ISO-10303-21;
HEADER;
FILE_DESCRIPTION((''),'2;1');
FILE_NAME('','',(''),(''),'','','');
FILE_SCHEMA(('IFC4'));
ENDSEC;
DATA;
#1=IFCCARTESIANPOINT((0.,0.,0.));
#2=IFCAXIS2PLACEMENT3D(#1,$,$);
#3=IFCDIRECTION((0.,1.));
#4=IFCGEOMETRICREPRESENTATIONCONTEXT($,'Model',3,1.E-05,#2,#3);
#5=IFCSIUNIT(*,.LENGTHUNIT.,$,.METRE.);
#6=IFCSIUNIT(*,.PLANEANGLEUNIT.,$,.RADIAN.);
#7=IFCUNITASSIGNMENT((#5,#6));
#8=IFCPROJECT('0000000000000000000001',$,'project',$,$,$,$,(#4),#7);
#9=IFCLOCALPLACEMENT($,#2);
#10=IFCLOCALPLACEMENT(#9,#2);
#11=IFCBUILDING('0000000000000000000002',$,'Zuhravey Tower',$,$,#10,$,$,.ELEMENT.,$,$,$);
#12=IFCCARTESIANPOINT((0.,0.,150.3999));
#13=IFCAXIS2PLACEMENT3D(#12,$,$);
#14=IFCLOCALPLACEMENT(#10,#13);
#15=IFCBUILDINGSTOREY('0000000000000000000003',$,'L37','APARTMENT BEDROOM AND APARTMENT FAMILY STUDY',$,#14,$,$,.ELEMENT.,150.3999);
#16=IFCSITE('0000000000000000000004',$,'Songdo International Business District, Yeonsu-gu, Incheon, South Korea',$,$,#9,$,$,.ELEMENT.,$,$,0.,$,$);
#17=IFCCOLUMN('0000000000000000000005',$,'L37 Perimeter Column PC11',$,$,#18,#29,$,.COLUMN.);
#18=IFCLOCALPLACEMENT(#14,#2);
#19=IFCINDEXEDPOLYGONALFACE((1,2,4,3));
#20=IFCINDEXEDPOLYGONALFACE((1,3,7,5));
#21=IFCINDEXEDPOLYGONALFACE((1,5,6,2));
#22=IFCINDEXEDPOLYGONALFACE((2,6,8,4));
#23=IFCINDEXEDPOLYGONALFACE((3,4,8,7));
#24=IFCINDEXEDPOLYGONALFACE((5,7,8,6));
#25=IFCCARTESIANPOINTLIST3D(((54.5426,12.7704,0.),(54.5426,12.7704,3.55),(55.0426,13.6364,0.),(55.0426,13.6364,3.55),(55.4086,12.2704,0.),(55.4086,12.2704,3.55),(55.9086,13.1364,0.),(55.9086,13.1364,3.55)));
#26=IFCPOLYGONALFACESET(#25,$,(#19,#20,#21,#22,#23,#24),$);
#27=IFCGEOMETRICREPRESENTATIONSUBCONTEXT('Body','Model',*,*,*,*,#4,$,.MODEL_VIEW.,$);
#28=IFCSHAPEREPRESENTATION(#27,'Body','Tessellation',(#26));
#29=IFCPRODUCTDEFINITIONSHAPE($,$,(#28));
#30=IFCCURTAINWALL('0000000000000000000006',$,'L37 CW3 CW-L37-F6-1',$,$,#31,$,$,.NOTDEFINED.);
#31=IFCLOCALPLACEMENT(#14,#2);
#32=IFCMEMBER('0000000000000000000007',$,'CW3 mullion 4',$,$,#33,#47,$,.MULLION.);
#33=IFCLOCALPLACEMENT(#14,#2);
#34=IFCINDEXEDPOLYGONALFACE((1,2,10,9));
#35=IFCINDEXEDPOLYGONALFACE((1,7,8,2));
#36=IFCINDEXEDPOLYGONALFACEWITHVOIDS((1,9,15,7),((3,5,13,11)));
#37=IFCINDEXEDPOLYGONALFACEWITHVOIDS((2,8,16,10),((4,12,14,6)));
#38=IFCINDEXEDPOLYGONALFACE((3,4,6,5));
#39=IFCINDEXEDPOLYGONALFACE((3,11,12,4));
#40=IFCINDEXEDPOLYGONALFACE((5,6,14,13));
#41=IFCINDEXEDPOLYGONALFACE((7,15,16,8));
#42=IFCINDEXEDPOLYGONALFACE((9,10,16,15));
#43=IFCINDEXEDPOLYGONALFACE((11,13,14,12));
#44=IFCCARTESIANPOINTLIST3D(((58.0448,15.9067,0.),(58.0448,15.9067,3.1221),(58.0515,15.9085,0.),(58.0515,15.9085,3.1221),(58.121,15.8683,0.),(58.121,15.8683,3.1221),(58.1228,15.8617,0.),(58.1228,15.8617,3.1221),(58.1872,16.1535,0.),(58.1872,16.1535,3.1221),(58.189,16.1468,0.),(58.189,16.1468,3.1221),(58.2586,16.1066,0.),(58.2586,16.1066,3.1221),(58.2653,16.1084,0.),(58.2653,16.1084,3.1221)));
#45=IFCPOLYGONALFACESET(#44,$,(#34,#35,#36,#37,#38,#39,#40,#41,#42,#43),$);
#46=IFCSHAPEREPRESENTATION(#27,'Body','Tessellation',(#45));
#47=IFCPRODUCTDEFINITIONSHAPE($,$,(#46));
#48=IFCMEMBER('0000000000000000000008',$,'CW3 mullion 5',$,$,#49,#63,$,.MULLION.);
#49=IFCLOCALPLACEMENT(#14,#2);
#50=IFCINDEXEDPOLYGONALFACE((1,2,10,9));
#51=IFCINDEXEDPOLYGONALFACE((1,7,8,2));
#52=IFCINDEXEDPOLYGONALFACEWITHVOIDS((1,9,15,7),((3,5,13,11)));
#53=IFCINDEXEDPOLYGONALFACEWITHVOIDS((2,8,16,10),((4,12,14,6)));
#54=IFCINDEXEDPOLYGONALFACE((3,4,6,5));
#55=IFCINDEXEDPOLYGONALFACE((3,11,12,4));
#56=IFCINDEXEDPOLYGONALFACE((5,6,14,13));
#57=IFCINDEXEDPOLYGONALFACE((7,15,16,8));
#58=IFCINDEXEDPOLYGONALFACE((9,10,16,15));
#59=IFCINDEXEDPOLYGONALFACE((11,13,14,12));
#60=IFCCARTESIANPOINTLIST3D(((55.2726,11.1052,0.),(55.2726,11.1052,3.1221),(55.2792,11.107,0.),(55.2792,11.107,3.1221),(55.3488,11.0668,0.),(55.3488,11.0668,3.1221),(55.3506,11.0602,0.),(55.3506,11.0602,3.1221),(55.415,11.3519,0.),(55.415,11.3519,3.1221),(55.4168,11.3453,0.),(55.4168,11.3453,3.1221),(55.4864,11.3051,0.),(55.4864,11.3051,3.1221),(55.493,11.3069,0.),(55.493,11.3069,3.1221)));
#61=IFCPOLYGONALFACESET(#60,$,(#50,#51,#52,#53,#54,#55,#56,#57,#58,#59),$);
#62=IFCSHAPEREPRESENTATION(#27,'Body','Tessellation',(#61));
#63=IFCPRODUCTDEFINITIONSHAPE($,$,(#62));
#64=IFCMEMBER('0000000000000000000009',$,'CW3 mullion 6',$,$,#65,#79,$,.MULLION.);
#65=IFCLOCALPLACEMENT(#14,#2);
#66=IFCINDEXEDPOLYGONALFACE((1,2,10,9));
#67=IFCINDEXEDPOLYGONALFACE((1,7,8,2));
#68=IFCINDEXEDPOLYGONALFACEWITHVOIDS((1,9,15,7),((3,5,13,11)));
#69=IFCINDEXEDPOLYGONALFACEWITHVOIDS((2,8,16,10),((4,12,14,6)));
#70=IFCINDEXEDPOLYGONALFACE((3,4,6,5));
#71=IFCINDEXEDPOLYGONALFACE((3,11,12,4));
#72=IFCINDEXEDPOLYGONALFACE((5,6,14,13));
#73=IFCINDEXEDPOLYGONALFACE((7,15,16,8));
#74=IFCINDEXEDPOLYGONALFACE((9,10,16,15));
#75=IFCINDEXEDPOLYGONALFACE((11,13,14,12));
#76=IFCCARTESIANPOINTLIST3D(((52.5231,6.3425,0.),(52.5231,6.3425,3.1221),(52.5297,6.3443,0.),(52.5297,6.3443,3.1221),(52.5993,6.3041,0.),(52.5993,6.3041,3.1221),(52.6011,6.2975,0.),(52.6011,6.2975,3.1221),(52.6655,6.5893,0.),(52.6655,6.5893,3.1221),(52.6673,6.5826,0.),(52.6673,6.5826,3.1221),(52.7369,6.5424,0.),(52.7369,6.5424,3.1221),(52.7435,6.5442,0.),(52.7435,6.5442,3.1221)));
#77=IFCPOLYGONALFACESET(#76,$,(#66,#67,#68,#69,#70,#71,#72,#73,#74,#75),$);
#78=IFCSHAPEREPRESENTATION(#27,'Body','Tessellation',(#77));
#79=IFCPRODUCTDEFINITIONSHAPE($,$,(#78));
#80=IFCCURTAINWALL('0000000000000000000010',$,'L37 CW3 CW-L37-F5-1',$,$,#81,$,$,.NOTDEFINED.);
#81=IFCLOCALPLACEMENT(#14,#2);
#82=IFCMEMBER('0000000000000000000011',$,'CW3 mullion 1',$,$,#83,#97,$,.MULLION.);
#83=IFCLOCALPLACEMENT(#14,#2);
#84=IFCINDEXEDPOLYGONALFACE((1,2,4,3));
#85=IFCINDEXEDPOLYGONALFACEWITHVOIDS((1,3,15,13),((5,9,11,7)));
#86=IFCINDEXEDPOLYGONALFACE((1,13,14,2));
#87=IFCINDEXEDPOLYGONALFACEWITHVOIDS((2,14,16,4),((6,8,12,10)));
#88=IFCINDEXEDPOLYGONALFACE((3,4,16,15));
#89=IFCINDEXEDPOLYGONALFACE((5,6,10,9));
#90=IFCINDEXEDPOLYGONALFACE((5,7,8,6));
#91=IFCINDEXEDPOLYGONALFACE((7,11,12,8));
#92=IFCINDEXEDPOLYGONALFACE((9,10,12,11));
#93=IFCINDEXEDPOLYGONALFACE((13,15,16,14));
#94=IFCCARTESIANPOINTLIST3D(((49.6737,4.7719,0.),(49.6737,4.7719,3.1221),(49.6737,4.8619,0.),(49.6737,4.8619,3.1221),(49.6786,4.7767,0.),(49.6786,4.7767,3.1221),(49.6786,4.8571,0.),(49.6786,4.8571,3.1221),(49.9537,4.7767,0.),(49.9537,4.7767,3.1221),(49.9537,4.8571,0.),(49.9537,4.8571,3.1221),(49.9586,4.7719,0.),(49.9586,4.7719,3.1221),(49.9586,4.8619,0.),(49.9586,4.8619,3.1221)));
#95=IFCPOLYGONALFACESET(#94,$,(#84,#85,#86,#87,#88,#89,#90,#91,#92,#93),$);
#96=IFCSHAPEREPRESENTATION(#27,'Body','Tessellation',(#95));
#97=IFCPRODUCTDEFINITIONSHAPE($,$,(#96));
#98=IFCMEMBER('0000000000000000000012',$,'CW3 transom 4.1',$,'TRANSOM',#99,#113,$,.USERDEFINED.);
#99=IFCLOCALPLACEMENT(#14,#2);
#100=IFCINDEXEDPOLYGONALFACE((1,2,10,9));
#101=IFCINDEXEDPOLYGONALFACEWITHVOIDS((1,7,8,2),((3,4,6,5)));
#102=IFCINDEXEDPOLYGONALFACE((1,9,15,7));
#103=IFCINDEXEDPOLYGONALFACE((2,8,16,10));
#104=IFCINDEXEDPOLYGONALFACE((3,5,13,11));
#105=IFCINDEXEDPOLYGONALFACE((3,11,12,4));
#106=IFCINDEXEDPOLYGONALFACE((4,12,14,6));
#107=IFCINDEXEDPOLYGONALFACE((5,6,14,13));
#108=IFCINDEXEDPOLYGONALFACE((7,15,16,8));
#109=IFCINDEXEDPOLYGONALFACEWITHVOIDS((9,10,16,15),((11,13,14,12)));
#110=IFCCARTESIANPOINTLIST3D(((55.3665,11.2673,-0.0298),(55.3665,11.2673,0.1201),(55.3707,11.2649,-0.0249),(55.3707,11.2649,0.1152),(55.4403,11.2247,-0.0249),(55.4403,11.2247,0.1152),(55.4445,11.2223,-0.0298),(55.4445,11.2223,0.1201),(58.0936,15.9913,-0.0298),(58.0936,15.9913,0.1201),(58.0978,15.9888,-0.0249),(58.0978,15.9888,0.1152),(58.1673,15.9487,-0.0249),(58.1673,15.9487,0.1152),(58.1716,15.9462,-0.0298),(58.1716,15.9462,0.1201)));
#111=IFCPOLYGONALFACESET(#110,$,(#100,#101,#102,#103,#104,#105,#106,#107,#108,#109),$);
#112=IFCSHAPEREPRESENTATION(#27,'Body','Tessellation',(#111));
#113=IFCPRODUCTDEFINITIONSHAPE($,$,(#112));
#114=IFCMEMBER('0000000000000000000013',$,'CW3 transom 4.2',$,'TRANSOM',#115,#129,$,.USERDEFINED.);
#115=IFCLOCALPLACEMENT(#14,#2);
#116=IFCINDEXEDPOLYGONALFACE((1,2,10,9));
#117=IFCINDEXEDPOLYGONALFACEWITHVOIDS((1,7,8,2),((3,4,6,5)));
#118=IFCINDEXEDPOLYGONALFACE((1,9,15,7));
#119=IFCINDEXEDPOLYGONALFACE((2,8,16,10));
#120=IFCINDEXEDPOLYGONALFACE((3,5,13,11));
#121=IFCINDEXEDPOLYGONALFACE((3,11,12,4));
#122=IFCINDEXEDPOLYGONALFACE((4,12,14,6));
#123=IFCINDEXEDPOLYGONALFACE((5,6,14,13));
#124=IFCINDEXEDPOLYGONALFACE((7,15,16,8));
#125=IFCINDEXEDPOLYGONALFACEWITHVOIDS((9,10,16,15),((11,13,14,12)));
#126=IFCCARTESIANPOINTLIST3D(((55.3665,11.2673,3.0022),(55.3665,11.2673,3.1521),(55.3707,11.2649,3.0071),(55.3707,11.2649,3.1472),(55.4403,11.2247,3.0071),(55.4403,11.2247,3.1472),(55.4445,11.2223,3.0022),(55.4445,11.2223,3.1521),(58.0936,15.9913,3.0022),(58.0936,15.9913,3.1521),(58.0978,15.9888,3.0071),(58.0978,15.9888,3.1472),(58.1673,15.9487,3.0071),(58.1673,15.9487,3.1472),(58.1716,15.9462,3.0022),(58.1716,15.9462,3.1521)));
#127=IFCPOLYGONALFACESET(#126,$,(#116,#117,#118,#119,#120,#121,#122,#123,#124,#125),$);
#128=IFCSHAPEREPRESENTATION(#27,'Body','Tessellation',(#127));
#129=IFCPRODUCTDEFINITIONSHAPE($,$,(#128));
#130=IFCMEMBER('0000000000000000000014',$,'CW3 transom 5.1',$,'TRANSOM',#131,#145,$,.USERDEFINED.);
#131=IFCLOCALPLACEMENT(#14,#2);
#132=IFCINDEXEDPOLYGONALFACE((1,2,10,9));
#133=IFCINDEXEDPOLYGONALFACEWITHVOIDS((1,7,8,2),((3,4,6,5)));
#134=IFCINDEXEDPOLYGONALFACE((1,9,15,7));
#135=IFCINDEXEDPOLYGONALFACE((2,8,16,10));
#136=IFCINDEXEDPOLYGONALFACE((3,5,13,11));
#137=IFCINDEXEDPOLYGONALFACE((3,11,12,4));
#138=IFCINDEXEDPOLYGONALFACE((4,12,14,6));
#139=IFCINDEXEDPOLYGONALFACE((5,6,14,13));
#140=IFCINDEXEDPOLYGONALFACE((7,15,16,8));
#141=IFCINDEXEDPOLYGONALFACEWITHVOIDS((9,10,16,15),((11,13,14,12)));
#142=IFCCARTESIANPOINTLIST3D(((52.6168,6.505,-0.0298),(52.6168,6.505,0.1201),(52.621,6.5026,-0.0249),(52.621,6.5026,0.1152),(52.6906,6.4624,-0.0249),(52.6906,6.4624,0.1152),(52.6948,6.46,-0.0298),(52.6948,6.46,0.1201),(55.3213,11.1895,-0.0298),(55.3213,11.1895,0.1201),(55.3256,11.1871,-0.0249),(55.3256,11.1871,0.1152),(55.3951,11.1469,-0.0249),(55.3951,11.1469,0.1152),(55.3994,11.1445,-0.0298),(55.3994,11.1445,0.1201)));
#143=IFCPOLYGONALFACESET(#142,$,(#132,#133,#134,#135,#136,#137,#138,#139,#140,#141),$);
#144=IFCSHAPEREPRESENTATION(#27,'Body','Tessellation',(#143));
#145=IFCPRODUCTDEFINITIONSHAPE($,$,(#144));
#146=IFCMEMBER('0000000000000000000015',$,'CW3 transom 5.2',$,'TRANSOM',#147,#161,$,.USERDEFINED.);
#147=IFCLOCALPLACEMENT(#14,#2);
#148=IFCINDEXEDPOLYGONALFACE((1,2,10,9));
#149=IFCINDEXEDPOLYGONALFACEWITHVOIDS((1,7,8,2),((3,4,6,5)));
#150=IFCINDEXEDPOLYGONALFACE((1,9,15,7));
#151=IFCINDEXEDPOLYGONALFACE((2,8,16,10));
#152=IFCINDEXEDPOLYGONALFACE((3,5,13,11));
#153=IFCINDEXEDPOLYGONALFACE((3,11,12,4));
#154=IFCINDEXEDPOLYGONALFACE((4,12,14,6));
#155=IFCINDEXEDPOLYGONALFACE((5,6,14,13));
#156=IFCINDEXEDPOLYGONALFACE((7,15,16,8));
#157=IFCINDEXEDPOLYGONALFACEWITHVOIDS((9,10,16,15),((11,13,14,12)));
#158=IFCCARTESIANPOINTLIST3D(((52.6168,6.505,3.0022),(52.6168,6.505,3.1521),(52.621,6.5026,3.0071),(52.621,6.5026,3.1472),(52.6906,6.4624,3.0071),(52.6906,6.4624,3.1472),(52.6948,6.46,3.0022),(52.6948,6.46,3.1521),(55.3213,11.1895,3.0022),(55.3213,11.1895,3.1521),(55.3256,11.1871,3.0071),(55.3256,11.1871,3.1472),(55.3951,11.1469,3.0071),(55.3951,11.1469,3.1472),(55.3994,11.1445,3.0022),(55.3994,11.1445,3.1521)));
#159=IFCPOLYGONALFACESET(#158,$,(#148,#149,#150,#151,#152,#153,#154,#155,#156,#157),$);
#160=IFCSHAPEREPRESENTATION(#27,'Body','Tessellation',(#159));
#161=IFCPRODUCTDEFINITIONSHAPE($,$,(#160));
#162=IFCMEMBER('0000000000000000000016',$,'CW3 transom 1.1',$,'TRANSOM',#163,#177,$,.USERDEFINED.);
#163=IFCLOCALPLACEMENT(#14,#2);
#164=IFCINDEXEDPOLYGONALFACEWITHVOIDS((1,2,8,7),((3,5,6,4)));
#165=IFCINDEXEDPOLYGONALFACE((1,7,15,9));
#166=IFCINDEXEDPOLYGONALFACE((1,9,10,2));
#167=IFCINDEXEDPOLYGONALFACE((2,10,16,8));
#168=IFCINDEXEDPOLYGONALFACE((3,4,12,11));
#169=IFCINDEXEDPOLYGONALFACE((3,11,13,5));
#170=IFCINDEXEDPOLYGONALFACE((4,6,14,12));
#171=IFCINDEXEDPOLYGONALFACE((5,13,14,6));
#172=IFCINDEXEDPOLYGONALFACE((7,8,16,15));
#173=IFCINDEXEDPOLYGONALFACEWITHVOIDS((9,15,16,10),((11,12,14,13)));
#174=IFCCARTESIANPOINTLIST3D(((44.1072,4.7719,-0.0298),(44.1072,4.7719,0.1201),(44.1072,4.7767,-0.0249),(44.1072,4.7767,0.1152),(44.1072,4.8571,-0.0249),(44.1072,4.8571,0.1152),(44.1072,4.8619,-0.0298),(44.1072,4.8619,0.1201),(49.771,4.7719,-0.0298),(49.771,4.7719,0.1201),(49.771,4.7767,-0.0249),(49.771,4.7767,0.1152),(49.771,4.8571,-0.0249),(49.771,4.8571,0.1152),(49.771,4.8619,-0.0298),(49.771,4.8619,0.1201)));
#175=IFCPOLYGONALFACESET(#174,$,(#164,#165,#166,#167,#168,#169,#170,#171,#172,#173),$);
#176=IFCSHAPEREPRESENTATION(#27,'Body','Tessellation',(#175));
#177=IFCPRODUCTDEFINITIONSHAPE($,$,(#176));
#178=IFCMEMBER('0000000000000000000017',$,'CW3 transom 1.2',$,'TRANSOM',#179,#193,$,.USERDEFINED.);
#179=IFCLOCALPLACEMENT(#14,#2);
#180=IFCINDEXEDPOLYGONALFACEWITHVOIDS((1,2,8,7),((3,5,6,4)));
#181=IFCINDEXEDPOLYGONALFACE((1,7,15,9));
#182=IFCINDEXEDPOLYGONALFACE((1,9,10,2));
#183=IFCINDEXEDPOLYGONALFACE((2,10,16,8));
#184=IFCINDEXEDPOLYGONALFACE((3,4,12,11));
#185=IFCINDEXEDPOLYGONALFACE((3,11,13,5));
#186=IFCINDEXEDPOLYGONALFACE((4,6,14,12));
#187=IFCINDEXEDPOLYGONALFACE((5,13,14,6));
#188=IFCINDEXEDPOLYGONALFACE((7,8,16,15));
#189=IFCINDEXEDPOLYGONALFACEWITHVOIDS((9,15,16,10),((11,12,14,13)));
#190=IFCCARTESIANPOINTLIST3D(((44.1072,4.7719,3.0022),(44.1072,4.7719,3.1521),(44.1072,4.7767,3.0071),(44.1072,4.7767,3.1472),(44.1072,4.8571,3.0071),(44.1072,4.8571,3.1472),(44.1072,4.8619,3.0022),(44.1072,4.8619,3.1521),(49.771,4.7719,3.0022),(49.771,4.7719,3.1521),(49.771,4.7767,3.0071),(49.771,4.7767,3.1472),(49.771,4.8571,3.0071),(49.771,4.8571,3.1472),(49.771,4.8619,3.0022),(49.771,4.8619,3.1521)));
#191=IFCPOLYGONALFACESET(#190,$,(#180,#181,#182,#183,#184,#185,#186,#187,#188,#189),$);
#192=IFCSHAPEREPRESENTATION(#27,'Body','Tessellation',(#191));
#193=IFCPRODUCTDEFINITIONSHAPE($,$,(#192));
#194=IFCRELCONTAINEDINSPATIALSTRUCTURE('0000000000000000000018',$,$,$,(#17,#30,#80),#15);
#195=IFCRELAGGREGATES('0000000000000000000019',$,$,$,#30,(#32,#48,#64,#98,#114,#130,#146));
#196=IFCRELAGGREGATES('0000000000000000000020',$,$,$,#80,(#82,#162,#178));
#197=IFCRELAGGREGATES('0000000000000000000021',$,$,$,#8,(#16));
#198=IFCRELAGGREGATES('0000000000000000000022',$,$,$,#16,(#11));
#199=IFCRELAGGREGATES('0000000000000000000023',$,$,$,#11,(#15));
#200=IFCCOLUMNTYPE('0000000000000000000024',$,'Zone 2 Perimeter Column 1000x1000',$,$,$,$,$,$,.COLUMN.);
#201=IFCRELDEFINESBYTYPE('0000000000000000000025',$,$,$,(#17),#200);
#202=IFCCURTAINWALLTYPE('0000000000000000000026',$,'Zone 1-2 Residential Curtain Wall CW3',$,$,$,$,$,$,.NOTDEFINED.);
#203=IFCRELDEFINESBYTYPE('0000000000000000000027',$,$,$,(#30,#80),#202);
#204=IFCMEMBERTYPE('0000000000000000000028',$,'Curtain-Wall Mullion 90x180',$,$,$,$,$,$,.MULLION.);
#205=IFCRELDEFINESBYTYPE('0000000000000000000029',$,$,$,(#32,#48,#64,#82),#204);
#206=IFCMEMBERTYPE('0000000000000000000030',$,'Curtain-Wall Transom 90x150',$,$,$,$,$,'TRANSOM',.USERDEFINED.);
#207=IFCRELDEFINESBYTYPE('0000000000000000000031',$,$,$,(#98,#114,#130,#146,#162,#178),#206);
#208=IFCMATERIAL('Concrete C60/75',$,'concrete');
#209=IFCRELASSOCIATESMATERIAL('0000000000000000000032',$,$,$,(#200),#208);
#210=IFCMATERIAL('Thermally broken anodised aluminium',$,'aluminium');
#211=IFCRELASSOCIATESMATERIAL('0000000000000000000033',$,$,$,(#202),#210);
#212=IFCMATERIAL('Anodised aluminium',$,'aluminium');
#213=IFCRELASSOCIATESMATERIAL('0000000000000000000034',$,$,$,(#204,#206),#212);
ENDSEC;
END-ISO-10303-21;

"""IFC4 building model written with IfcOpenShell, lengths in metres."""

from ifc_helpers import new_model, si_unit, direction, frame, origin, origin_2d, place, context, subcontext, project, spatial, rectangle, hollow_rectangle, extrude, material, material_profile, profile_set, type_object, element, aggregate, save


model = new_model("IFC4")

# Units and contexts
model_context = context("Model", 3, precision=1e-05, world=origin(), true_north=direction((0.0, 1.0)))
body_context = subcontext(model_context, "Body", "Model", "MODEL_VIEW")
ifc_project = project(units=[si_unit("LENGTHUNIT", "METRE"), si_unit("PLANEANGLEUNIT", "RADIAN")], contexts=[model_context])

# Site, building, storey
site_placement = place(None, origin())
site = spatial("IfcSite", under=ifc_project, at=site_placement, Name="Songdo International Business District, Yeonsu-gu, Incheon, South Korea", CompositionType="ELEMENT", RefElevation=0.0)
building_placement = place(site_placement, origin())
building = spatial("IfcBuilding", under=site, at=building_placement, Name="Zuhravey Tower", CompositionType="ELEMENT")
storey_placement = place(building_placement, frame((0.0, 0.0, 150.3999)))
storey = spatial("IfcBuildingStorey", under=building, at=storey_placement, Name="L37", Description="APARTMENT BEDROOM AND APARTMENT FAMILY STUDY", CompositionType="ELEMENT", Elevation=150.3999)

# Column
ifc_material_1 = material(Name="Concrete C60/75", Category="concrete")
ifc_material_profile_1 = material_profile(ifc_material_1, rectangle(XDim=1.0, YDim=1.0, at=origin_2d()), Name="RC-1000x1000")
ifc_profile_set_1 = profile_set([ifc_material_profile_1], Name="Concrete C60/75")
column_type = type_object("IfcColumnType", Name="Zone 2 Perimeter Column 1000x1000", PredefinedType="COLUMN", material=ifc_profile_set_1)
column_placement = place(storey_placement, frame((55.2256, 12.9534, 0.0), z_axis=(0.0, 0.0, 1.0), x_axis=(0.5, 0.866025, 0.0)))
element("IfcColumn", 1, at=column_placement, inside=storey, type_object=column_type, Name="L37 Perimeter Column PC11", PredefinedType="COLUMN", context=body_context, shape_type="SweptSolid", body=[
    extrude(rectangle(XDim=1.0, YDim=1.0, at=origin_2d()), origin(), (0.0, 0.0, 1.0), 3.55),
])

# Curtain wall, members
ifc_material_2 = material(Name="Thermally broken anodised aluminium", Category="aluminium")
curtain_wall_type = type_object("IfcCurtainWallType", Name="Zone 1-2 Residential Curtain Wall CW3", PredefinedType="NOTDEFINED", material=ifc_material_2)
curtain_wall_1_placement = place(storey_placement, origin())
curtain_wall_1 = element("IfcCurtainWall", 2, at=curtain_wall_1_placement, inside=storey, type_object=curtain_wall_type, Name="L37 CW3 CW-L37-F6-1", PredefinedType="NOTDEFINED")
ifc_material_3 = material(Name="Anodised aluminium", Category="aluminium")
ifc_material_profile_2 = material_profile(ifc_material_3, hollow_rectangle(XDim=0.0901, YDim=0.2849, WallThickness=0.0049, at=origin_2d()), Name="ALU-RHS-90x285x5")
ifc_profile_set_2 = profile_set([ifc_material_profile_2], Name="Anodised aluminium")
member_type_1 = type_object("IfcMemberType", Name="Curtain-Wall Mullion 90x180", PredefinedType="MULLION", material=ifc_profile_set_2)
member_1_placement = place(storey_placement, frame((58.155, 16.0076, 0.0), z_axis=(0.0, 0.0, 1.0), x_axis=(0.866025, -0.5, 0.0)))
member_1 = element("IfcMember", 3, at=member_1_placement, type_object=member_type_1, Name="CW3 mullion 4", PredefinedType="MULLION", context=body_context, shape_type="SweptSolid", body=[
    extrude(hollow_rectangle(XDim=0.0901, YDim=0.2849, WallThickness=0.0049, at=origin_2d()), origin(), (0.0, 0.0, 1.0), 3.1221),
])
member_2_placement = place(storey_placement, frame((55.3828, 11.2061, 0.0), z_axis=(0.0, 0.0, 1.0), x_axis=(0.866025, -0.5, 0.0)))
member_2 = element("IfcMember", 4, at=member_2_placement, type_object=member_type_1, Name="CW3 mullion 5", PredefinedType="MULLION", context=body_context, shape_type="SweptSolid", body=[
    extrude(hollow_rectangle(XDim=0.0901, YDim=0.2849, WallThickness=0.0049, at=origin_2d()), origin(), (0.0, 0.0, 1.0), 3.1221),
])
member_3_placement = place(storey_placement, frame((52.6333, 6.4434, 0.0), z_axis=(0.0, 0.0, 1.0), x_axis=(0.866025, -0.5, 0.0)))
member_3 = element("IfcMember", 5, at=member_3_placement, type_object=member_type_1, Name="CW3 mullion 6", PredefinedType="MULLION", context=body_context, shape_type="SweptSolid", body=[
    extrude(hollow_rectangle(XDim=0.0901, YDim=0.2849, WallThickness=0.0049, at=origin_2d()), origin(), (0.0, 0.0, 1.0), 3.1221),
])

# Curtain wall, member
curtain_wall_2_placement = place(storey_placement, origin())
curtain_wall_2 = element("IfcCurtainWall", 6, at=curtain_wall_2_placement, inside=storey, type_object=curtain_wall_type, Name="L37 CW3 CW-L37-F5-1", PredefinedType="NOTDEFINED")
member_4_placement = place(storey_placement, frame((49.8162, 4.8169, 0.0), z_axis=(0.0, 0.0, 1.0), x_axis=(0.0, -1.0, 0.0)))
member_4 = element("IfcMember", 7, at=member_4_placement, type_object=member_type_1, Name="CW3 mullion 1", PredefinedType="MULLION", context=body_context, shape_type="SweptSolid", body=[
    extrude(hollow_rectangle(XDim=0.0901, YDim=0.2849, WallThickness=0.0049, at=origin_2d()), origin(), (0.0, 0.0, 1.0), 3.1221),
])

# Members
ifc_material_profile_3 = material_profile(ifc_material_3, hollow_rectangle(XDim=0.0901, YDim=0.1499, WallThickness=0.0049, at=origin_2d()), Name="ALU-RHS-90x150x5")
ifc_profile_set_3 = profile_set([ifc_material_profile_3], Name="Anodised aluminium")
member_type_2 = type_object("IfcMemberType", Name="Curtain-Wall Transom 90x150", ElementType="TRANSOM", PredefinedType="USERDEFINED", material=ifc_profile_set_3)
member_5_placement = place(storey_placement, frame((58.1326, 15.9688, 0.0452), z_axis=(-0.499961, -0.866048, 0.0), x_axis=(0.866048, -0.499961, 0.0)))
member_5 = element("IfcMember", 8, at=member_5_placement, type_object=member_type_2, Name="CW3 transom 4.1", ObjectType="TRANSOM", PredefinedType="USERDEFINED", context=body_context, shape_type="SweptSolid", body=[
    extrude(hollow_rectangle(XDim=0.0901, YDim=0.1499, WallThickness=0.0049, at=origin_2d()), origin(), (0.0, 0.0, 1.0), 5.4546),
])
member_6_placement = place(storey_placement, frame((58.1326, 15.9688, 3.0771), z_axis=(-0.499961, -0.866048, 0.0), x_axis=(0.866048, -0.499961, 0.0)))
member_6 = element("IfcMember", 9, at=member_6_placement, type_object=member_type_2, Name="CW3 transom 4.2", ObjectType="TRANSOM", PredefinedType="USERDEFINED", context=body_context, shape_type="SweptSolid", body=[
    extrude(hollow_rectangle(XDim=0.0901, YDim=0.1499, WallThickness=0.0049, at=origin_2d()), origin(), (0.0, 0.0, 1.0), 5.4546),
])
member_7_placement = place(storey_placement, frame((55.3604, 11.167, 0.0452), z_axis=(-0.499993, -0.866029, 0.0), x_axis=(0.866029, -0.499993, 0.0)))
member_7 = element("IfcMember", 10, at=member_7_placement, type_object=member_type_2, Name="CW3 transom 5.1", ObjectType="TRANSOM", PredefinedType="USERDEFINED", context=body_context, shape_type="SweptSolid", body=[
    extrude(hollow_rectangle(XDim=0.0901, YDim=0.1499, WallThickness=0.0049, at=origin_2d()), origin(), (0.0, 0.0, 1.0), 5.4092),
])
member_8_placement = place(storey_placement, frame((55.3604, 11.167, 3.0771), z_axis=(-0.499993, -0.866029, 0.0), x_axis=(0.866029, -0.499993, 0.0)))
member_8 = element("IfcMember", 11, at=member_8_placement, type_object=member_type_2, Name="CW3 transom 5.2", ObjectType="TRANSOM", PredefinedType="USERDEFINED", context=body_context, shape_type="SweptSolid", body=[
    extrude(hollow_rectangle(XDim=0.0901, YDim=0.1499, WallThickness=0.0049, at=origin_2d()), origin(), (0.0, 0.0, 1.0), 5.4092),
])
member_9_placement = place(storey_placement, frame((49.771, 4.8169, 0.0452), z_axis=(-1.0, 0.0, 0.0), x_axis=(0.0, -1.0, 0.0)))
member_9 = element("IfcMember", 12, at=member_9_placement, type_object=member_type_2, Name="CW3 transom 1.1", ObjectType="TRANSOM", PredefinedType="USERDEFINED", context=body_context, shape_type="SweptSolid", body=[
    extrude(hollow_rectangle(XDim=0.0901, YDim=0.1499, WallThickness=0.0049, at=origin_2d()), origin(), (0.0, 0.0, 1.0), 5.6638),
])
member_10_placement = place(storey_placement, frame((49.771, 4.8169, 3.0771), z_axis=(-1.0, 0.0, 0.0), x_axis=(0.0, -1.0, 0.0)))
member_10 = element("IfcMember", 13, at=member_10_placement, type_object=member_type_2, Name="CW3 transom 1.2", ObjectType="TRANSOM", PredefinedType="USERDEFINED", context=body_context, shape_type="SweptSolid", body=[
    extrude(hollow_rectangle(XDim=0.0901, YDim=0.1499, WallThickness=0.0049, at=origin_2d()), origin(), (0.0, 0.0, 1.0), 5.6638),
])

aggregate(curtain_wall_1, [member_1, member_2, member_3, member_5, member_6, member_7, member_8])
aggregate(curtain_wall_2, [member_4, member_9, member_10])

save(model, "model.ifc")
